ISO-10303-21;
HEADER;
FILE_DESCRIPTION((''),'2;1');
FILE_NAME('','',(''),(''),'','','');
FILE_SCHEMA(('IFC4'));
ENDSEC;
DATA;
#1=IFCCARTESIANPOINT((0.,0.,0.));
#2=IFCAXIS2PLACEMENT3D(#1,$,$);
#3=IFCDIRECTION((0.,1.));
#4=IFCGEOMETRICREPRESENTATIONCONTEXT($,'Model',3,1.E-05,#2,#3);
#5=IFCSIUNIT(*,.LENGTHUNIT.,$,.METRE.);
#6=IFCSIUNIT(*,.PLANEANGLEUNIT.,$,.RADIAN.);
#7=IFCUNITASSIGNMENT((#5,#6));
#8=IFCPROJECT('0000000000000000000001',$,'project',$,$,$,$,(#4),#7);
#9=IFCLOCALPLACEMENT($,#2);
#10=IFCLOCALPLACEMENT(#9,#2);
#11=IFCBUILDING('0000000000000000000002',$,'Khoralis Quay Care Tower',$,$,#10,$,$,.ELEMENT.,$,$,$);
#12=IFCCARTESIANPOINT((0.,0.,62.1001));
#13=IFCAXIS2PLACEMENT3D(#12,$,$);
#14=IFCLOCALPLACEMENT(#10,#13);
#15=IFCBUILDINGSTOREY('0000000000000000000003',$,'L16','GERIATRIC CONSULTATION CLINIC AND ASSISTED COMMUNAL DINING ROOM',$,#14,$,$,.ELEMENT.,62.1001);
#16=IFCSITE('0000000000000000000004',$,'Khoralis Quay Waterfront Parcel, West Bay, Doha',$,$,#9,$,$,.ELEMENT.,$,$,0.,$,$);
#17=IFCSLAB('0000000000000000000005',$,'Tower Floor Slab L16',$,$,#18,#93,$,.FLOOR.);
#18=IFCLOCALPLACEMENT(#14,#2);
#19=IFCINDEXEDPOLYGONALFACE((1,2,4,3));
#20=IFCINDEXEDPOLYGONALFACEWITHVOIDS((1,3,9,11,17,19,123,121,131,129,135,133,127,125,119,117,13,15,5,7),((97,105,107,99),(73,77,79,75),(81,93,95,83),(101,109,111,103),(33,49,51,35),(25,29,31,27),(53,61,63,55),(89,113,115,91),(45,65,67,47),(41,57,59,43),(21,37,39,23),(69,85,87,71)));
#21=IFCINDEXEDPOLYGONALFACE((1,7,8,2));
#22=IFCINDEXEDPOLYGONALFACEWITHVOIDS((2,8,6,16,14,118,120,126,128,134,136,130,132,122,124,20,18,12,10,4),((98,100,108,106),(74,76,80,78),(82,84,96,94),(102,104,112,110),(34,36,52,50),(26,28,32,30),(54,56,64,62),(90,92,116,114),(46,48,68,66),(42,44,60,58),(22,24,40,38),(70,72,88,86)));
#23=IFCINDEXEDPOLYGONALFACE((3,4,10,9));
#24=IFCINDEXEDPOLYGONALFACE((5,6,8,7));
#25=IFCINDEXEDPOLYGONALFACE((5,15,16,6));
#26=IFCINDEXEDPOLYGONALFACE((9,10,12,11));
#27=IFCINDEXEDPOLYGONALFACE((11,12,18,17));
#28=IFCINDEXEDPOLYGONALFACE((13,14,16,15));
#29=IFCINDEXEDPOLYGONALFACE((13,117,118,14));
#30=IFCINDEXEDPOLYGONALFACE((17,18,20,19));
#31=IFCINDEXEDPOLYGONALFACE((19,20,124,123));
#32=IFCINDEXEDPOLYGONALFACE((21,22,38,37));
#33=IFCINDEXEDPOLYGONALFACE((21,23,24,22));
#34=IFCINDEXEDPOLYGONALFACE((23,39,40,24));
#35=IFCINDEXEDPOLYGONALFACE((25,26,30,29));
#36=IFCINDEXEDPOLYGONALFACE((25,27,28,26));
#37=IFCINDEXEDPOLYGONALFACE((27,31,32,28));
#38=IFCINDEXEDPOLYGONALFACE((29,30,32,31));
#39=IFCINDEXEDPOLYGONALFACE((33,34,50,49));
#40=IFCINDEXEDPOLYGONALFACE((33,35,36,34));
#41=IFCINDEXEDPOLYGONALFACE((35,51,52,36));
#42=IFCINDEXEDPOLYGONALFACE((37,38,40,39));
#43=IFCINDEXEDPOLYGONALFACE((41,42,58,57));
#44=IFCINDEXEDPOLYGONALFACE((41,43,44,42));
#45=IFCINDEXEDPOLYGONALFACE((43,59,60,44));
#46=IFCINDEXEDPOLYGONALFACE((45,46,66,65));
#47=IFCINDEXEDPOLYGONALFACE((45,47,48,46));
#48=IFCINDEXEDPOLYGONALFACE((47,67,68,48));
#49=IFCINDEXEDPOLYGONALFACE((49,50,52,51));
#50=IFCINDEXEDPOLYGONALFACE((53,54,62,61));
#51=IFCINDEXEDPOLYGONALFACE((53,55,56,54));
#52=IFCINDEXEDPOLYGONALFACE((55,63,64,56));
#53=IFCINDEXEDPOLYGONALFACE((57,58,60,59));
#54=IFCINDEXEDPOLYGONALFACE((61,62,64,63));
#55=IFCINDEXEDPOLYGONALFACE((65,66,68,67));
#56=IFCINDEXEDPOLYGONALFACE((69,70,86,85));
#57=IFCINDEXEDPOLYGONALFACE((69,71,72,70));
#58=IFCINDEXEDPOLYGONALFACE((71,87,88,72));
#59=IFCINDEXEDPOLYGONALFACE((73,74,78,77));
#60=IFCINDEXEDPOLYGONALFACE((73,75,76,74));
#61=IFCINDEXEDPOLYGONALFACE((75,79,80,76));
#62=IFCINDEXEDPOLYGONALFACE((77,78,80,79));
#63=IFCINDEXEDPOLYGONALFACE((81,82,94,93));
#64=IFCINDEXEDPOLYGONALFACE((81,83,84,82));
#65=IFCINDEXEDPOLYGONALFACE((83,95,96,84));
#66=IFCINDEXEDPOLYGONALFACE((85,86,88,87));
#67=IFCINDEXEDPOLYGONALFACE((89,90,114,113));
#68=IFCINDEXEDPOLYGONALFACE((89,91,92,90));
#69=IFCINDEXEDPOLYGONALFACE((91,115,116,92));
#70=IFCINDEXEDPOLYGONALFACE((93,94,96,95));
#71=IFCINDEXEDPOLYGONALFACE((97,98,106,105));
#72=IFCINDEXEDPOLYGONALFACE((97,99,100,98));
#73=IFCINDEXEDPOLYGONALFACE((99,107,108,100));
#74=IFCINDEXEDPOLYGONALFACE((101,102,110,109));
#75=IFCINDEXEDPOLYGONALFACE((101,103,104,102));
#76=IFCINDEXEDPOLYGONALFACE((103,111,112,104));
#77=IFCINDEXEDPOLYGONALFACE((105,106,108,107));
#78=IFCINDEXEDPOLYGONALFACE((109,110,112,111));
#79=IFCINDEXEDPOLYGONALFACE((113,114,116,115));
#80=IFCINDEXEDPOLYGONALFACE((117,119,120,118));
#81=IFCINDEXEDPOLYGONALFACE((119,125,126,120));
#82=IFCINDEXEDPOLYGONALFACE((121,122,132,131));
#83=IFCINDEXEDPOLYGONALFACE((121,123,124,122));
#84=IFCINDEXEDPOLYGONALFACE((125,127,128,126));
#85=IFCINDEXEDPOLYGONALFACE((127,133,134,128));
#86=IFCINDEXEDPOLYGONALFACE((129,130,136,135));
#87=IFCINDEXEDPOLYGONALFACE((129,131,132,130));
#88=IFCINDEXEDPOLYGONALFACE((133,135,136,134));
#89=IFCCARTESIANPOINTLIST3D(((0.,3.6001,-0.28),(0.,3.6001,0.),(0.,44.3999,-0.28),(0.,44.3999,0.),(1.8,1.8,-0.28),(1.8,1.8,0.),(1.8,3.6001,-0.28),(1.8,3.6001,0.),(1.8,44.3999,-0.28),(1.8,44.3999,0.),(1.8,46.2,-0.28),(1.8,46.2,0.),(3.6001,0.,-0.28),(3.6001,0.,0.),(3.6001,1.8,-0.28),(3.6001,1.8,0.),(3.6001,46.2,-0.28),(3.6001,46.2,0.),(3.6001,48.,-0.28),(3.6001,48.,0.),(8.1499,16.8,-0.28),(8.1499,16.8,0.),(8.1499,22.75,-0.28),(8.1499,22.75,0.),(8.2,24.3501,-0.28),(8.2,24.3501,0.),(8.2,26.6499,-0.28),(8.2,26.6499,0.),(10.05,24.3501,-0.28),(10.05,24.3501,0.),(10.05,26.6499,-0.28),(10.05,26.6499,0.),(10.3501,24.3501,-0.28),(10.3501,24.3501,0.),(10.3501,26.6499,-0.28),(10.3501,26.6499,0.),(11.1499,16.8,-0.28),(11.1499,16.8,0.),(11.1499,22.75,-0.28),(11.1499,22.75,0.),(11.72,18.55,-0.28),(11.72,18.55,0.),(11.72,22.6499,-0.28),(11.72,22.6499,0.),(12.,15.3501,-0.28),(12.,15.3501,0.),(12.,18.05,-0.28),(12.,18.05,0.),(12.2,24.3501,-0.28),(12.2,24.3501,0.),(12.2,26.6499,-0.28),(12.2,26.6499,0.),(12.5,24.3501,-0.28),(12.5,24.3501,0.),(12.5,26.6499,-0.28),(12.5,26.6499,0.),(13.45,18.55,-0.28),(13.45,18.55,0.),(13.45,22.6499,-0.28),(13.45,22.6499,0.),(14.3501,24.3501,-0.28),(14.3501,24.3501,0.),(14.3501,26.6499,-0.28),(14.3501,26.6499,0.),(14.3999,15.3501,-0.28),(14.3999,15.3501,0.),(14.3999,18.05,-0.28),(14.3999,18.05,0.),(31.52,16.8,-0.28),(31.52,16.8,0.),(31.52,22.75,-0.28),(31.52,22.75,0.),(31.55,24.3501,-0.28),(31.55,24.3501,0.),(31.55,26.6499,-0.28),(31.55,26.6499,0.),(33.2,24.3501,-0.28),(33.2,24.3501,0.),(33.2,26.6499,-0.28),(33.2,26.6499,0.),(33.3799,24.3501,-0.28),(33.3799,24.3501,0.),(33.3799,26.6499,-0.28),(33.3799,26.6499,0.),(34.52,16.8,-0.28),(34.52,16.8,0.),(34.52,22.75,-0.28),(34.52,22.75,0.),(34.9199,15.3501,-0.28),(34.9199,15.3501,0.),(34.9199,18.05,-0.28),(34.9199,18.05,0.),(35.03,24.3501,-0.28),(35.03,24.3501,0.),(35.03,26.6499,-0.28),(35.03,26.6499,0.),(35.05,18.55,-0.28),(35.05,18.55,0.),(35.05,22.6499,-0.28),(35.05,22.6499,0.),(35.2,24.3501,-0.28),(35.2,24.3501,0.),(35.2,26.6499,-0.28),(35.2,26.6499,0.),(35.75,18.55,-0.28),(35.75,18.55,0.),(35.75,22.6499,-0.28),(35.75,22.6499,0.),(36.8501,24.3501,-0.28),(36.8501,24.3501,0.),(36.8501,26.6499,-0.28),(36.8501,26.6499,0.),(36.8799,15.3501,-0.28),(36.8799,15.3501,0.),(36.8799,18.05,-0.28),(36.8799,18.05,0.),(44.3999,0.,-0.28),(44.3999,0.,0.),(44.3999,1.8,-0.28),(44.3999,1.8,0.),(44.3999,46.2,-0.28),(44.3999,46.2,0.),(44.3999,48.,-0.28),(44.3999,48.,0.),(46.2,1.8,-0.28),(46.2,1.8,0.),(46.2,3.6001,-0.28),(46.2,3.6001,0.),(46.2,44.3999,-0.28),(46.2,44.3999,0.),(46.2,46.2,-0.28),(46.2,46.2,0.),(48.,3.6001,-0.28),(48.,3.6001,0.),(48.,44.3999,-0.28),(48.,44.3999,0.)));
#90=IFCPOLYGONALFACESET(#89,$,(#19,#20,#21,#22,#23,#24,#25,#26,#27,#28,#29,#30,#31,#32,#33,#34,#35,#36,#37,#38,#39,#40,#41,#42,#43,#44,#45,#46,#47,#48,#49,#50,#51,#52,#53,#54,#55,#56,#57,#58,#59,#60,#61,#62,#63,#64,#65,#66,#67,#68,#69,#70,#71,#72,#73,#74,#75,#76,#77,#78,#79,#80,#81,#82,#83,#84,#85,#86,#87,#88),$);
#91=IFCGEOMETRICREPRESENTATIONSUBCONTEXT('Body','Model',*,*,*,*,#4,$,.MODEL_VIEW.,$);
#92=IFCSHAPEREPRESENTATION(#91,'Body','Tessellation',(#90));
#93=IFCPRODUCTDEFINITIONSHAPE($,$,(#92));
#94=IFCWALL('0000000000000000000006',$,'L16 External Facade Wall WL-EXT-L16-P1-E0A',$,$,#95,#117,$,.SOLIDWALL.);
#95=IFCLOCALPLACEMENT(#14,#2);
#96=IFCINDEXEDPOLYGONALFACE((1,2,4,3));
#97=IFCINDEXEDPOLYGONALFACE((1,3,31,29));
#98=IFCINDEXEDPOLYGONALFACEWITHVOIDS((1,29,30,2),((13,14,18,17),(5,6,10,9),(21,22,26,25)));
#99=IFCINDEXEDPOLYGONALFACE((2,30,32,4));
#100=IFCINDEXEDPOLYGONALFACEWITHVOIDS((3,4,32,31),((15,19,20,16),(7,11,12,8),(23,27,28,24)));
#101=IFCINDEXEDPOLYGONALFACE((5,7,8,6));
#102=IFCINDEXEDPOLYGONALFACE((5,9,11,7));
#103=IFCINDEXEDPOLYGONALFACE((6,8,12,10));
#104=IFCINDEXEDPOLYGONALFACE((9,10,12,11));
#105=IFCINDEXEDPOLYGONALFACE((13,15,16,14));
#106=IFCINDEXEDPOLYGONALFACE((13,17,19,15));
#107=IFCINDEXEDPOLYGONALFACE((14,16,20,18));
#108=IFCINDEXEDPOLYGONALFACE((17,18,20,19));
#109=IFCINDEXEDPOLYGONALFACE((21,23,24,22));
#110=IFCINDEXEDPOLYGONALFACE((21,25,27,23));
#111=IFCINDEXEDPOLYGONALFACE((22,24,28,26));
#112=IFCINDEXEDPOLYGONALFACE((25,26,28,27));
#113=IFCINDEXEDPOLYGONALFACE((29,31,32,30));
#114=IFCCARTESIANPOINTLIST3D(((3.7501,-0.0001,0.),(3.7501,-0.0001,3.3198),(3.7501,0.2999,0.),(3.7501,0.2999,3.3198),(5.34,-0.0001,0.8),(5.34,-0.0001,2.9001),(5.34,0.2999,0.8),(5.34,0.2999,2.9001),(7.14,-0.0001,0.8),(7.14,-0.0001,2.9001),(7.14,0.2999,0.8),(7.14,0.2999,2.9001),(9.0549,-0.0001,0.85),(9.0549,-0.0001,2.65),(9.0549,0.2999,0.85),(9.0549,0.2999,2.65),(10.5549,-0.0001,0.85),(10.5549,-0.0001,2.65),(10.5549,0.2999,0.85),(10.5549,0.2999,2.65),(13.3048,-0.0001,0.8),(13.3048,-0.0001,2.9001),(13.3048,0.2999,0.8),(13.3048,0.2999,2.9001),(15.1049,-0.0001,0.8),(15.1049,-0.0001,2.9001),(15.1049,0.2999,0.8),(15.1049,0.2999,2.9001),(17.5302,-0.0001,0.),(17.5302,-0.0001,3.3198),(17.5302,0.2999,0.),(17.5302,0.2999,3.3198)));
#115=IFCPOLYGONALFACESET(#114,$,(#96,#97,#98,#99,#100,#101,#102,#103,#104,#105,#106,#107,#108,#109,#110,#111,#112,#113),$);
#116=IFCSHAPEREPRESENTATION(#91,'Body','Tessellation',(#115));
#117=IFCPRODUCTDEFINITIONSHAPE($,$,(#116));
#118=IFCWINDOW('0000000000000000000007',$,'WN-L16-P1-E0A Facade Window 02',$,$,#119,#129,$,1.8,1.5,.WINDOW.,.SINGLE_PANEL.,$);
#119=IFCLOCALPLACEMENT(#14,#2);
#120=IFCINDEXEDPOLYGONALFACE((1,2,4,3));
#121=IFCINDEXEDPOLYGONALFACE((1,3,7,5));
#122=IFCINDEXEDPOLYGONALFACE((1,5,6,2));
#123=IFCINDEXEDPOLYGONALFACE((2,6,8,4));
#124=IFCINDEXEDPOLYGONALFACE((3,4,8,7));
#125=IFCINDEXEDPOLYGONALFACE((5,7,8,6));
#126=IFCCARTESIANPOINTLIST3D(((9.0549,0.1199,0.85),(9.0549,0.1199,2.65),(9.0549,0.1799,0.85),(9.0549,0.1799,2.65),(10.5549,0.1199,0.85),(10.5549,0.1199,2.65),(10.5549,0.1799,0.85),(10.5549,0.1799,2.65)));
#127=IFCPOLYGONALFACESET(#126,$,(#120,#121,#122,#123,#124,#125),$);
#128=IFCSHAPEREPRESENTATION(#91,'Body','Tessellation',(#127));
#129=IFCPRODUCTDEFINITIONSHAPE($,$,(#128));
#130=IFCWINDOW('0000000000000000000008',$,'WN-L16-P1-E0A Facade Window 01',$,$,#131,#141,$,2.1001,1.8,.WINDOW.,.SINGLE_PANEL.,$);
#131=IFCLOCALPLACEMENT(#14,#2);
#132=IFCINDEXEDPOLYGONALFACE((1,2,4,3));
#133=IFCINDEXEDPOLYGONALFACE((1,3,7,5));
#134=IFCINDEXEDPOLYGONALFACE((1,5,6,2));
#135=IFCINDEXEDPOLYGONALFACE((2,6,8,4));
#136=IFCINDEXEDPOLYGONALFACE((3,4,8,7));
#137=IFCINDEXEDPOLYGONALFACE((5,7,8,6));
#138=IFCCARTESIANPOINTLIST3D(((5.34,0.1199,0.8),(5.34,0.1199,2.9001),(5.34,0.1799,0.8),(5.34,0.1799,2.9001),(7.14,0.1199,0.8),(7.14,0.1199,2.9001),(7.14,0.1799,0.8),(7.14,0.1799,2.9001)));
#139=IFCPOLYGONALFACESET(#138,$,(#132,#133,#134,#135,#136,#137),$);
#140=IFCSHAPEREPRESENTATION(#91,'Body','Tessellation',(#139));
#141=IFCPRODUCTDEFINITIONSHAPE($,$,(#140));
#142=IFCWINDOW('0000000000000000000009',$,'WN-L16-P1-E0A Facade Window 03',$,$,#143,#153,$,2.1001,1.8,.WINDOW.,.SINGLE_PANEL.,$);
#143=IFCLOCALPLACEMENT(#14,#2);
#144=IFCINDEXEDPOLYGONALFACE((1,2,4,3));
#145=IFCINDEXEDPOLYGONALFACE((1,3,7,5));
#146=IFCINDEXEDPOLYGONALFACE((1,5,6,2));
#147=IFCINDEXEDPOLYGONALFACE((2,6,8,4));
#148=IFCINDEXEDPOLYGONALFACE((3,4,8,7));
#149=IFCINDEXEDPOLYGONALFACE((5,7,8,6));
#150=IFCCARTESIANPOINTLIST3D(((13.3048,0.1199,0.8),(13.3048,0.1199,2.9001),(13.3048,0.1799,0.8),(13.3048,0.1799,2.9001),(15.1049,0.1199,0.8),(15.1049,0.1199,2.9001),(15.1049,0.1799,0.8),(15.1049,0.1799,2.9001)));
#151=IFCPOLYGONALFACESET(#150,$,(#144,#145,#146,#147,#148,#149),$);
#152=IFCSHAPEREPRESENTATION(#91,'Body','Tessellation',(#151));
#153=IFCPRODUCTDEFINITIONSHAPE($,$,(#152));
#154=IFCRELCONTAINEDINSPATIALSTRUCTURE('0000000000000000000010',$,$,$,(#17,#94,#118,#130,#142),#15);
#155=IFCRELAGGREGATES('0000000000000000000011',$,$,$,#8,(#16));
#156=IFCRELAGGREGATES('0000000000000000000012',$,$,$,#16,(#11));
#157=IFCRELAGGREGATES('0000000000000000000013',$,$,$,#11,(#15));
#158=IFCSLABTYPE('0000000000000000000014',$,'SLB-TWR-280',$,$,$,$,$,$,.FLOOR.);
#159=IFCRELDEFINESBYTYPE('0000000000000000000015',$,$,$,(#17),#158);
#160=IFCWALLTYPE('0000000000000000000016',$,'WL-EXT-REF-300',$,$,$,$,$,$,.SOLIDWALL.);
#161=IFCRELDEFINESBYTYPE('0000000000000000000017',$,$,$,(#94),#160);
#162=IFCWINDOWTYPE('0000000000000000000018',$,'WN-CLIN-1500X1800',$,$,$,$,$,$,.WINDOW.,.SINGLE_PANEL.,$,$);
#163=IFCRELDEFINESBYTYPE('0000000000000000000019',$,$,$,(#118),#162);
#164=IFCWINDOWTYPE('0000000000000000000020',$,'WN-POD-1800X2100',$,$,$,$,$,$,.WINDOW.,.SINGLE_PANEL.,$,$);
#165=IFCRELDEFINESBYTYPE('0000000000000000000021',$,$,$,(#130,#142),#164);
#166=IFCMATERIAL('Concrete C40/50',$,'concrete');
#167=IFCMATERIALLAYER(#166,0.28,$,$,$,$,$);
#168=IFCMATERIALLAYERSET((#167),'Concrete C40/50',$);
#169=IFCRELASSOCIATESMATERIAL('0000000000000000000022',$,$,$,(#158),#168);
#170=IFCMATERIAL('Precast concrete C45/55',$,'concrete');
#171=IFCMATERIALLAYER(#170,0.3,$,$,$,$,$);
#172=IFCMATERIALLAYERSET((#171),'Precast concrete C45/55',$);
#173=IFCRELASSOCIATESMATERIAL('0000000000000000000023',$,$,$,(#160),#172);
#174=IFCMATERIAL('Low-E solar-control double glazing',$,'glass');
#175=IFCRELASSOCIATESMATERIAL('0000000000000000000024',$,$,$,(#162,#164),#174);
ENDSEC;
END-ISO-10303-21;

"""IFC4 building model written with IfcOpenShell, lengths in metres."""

from ifc_helpers import new_model, si_unit, direction, frame, frame_2d, origin, place, context, subcontext, project, spatial, polyline, rectangle, outline, extrude, source, transform, mapped, material, layer, layer_set, type_object, element, fill, save


model = new_model("IFC4")

# Units and contexts
model_context = context("Model", 3, precision=1e-05, world=origin(), true_north=direction((0.0, 1.0)))
body_context = subcontext(model_context, "Body", "Model", "MODEL_VIEW")
ifc_project = project(units=[si_unit("LENGTHUNIT", "METRE"), si_unit("PLANEANGLEUNIT", "RADIAN")], contexts=[model_context])

# Site, building, storey
site_placement = place(None, origin())
site = spatial("IfcSite", under=ifc_project, at=site_placement, Name="Khoralis Quay Waterfront Parcel, West Bay, Doha", CompositionType="ELEMENT", RefElevation=0.0)
building_placement = place(site_placement, origin())
building = spatial("IfcBuilding", under=site, at=building_placement, Name="Khoralis Quay Care Tower", CompositionType="ELEMENT")
storey_placement = place(building_placement, frame((0.0, 0.0, 62.1001)))
storey = spatial("IfcBuildingStorey", under=building, at=storey_placement, Name="L16", Description="GERIATRIC CONSULTATION CLINIC AND ASSISTED COMMUNAL DINING ROOM", CompositionType="ELEMENT", Elevation=62.1001)

# Shared definitions
ifc_material_1 = material(Name="Precast concrete C45/55", Category="concrete")

# Slab
ifc_material_2 = material(Name="Concrete C40/50", Category="concrete")
ifc_layer_1 = layer(ifc_material_2, 0.28)
ifc_layer_set_1 = layer_set([ifc_layer_1], Name="Concrete C40/50")
slab_type_1 = type_object("IfcSlabType", Name="SLB-TWR-280", PredefinedType="FLOOR", material=ifc_layer_set_1)
slab_1_placement = place(storey_placement, frame((0.0, 0.0, -0.28)))
element("IfcSlab", 1, at=slab_1_placement, inside=storey, type_object=slab_type_1, Name="Tower Floor Slab L16", PredefinedType="FLOOR", context=body_context, shape_type="SweptSolid", body=[
    extrude(outline(polyline([(3.6001, 0.0), (44.3999, 0.0), (44.3999, 1.8), (46.2, 1.8), (46.2, 3.6001), (48.0, 3.6001), (48.0, 44.3999), (46.2, 44.3999), (46.2, 46.2), (44.3999, 46.2), (44.3999, 48.0), (3.6001, 48.0), (3.6001, 46.2), (1.8, 46.2), (1.8, 44.3999), (0.0, 44.3999), (0.0, 3.6001), (1.8, 3.6001), (1.8, 1.8), (3.6001, 1.8), (3.6001, 0.0)]), holes=[polyline([(11.1499, 16.8), (11.1499, 22.75), (8.1499, 22.75), (8.1499, 16.8), (11.1499, 16.8)]), polyline([(34.52, 16.8), (34.52, 22.75), (31.52, 22.75), (31.52, 16.8), (34.52, 16.8)]), polyline([(12.0, 15.3501), (14.3999, 15.3501), (14.3999, 18.05), (12.0, 18.05), (12.0, 15.3501)]), polyline([(34.9199, 15.3501), (36.8799, 15.3501), (36.8799, 18.05), (34.9199, 18.05), (34.9199, 15.3501)]), polyline([(8.2, 24.3501), (10.05, 24.3501), (10.05, 26.6499), (8.2, 26.6499), (8.2, 24.3501)]), polyline([(31.55, 24.3501), (33.2, 24.3501), (33.2, 26.6499), (31.55, 26.6499), (31.55, 24.3501)]), polyline([(10.3501, 24.3501), (12.2, 24.3501), (12.2, 26.6499), (10.3501, 26.6499), (10.3501, 24.3501)]), polyline([(33.3799, 24.3501), (35.03, 24.3501), (35.03, 26.6499), (33.3799, 26.6499), (33.3799, 24.3501)]), polyline([(12.5, 24.3501), (14.3501, 24.3501), (14.3501, 26.6499), (12.5, 26.6499), (12.5, 24.3501)]), polyline([(35.2, 24.3501), (36.8501, 24.3501), (36.8501, 26.6499), (35.2, 26.6499), (35.2, 24.3501)]), polyline([(11.72, 18.55), (13.45, 18.55), (13.45, 22.6499), (11.72, 22.6499), (11.72, 18.55)]), polyline([(35.05, 18.55), (35.75, 18.55), (35.75, 22.6499), (35.05, 22.6499), (35.05, 18.55)])]), origin(), (0.0, 0.0, 1.0), 0.28),
])

# Wall, openings, windows
ifc_layer_2 = layer(ifc_material_1, 0.3)
ifc_layer_set_2 = layer_set([ifc_layer_2], Name="Precast concrete C45/55")
wall_type_1 = type_object("IfcWallType", Name="WL-EXT-REF-300", PredefinedType="SOLIDWALL", material=ifc_layer_set_2)
wall_1_placement = place(storey_placement, frame((3.75, 0.1499, 0.0), z_axis=(0.0, 0.0, 1.0), x_axis=(1.0, 0.0, 0.0)))
wall_1 = element("IfcWall", 2, at=wall_1_placement, inside=storey, type_object=wall_type_1, Name="L16 External Facade Wall WL-EXT-L16-P1-E0A", PredefinedType="SOLIDWALL", context=body_context, shape_type="SweptSolid", body=[
    extrude(rectangle(XDim=13.78, YDim=0.3, at=frame_2d((6.8901, 0.0))), origin(), (0.0, 0.0, 1.0), 3.3198),
])
opening_1_placement = place(wall_1_placement, frame((1.5901, 0.0, 0.8)))
opening_1 = element("IfcOpeningElement", 3, at=opening_1_placement, cuts=wall_1, PredefinedType="OPENING", context=body_context, shape_type="SweptSolid", body=[
    extrude(rectangle(XDim=1.8, YDim=2.1001, at=frame_2d((0.8999, 1.05))), frame((0.0, 0.1602, 0.0), z_axis=(0.0, -1.0, 0.0), x_axis=(1.0, 0.0, 0.0)), (0.0, 0.0, 1.0), 0.3201),
])
opening_2_placement = place(wall_1_placement, frame((5.3049, 0.0, 0.8501)))
opening_2 = element("IfcOpeningElement", 4, at=opening_2_placement, cuts=wall_1, PredefinedType="OPENING", context=body_context, shape_type="SweptSolid", body=[
    extrude(rectangle(XDim=1.5, YDim=1.8, at=frame_2d((0.75, 0.8999))), frame((0.0, 0.1602, 0.0), z_axis=(0.0, -1.0, 0.0), x_axis=(1.0, 0.0, 0.0)), (0.0, 0.0, 1.0), 0.3201),
])
opening_3_placement = place(wall_1_placement, frame((9.5549, 0.0, 0.8)))
opening_3 = element("IfcOpeningElement", 5, at=opening_3_placement, cuts=wall_1, PredefinedType="OPENING", context=body_context, shape_type="SweptSolid", body=[
    extrude(rectangle(XDim=1.8, YDim=2.1001, at=frame_2d((0.8999, 1.05))), frame((0.0, 0.1602, 0.0), z_axis=(0.0, -1.0, 0.0), x_axis=(1.0, 0.0, 0.0)), (0.0, 0.0, 1.0), 0.3201),
])
ifc_material_3 = material(Name="Low-E solar-control double glazing", Category="glass")
window_type_1 = type_object("IfcWindowType", Name="WN-CLIN-1500X1800", PartitioningType="SINGLE_PANEL", PredefinedType="WINDOW", material=ifc_material_3)
shared_shape_1 = source(origin(), body_context, "Body", "SweptSolid", [
    extrude(rectangle(XDim=1.5, YDim=1.8, at=frame_2d((0.75, 0.8999))), frame((0.0, 0.03, 0.0), z_axis=(0.0, -1.0, 0.0), x_axis=(1.0, 0.0, 0.0)), (0.0, 0.0, 1.0), 0.0601),
])
window_1_placement = place(opening_2_placement, origin())
window_1 = element("IfcWindow", 6, at=window_1_placement, inside=storey, type_object=window_type_1, Name="WN-L16-P1-E0A Facade Window 02", OverallHeight=1.8, OverallWidth=1.5, PartitioningType="SINGLE_PANEL", PredefinedType="WINDOW", context=body_context, shape_type="MappedRepresentation", body=[
    mapped(shared_shape_1, transform((0.0, 0.0, 0.0), scale=1.0)),
])
fill(opening_2, window_1)
window_type_2 = type_object("IfcWindowType", Name="WN-POD-1800X2100", PartitioningType="SINGLE_PANEL", PredefinedType="WINDOW", material=ifc_material_3)
shared_shape_2 = source(origin(), body_context, "Body", "SweptSolid", [
    extrude(rectangle(XDim=1.8, YDim=2.1001, at=frame_2d((0.8999, 1.05))), frame((0.0, 0.03, 0.0), z_axis=(0.0, -1.0, 0.0), x_axis=(1.0, 0.0, 0.0)), (0.0, 0.0, 1.0), 0.0601),
])
window_2_placement = place(opening_1_placement, origin())
window_2 = element("IfcWindow", 7, at=window_2_placement, inside=storey, type_object=window_type_2, Name="WN-L16-P1-E0A Facade Window 01", OverallHeight=2.1001, OverallWidth=1.8, PartitioningType="SINGLE_PANEL", PredefinedType="WINDOW", context=body_context, shape_type="MappedRepresentation", body=[
    mapped(shared_shape_2, transform((0.0, 0.0, 0.0), scale=1.0)),
])
fill(opening_1, window_2)
window_3_placement = place(opening_3_placement, origin())
window_3 = element("IfcWindow", 8, at=window_3_placement, inside=storey, type_object=window_type_2, Name="WN-L16-P1-E0A Facade Window 03", OverallHeight=2.1001, OverallWidth=1.8, PartitioningType="SINGLE_PANEL", PredefinedType="WINDOW", context=body_context, shape_type="MappedRepresentation", body=[
    mapped(shared_shape_2, transform((0.0, 0.0, 0.0), scale=1.0)),
])
fill(opening_3, window_3)

save(model, "model.ifc")
